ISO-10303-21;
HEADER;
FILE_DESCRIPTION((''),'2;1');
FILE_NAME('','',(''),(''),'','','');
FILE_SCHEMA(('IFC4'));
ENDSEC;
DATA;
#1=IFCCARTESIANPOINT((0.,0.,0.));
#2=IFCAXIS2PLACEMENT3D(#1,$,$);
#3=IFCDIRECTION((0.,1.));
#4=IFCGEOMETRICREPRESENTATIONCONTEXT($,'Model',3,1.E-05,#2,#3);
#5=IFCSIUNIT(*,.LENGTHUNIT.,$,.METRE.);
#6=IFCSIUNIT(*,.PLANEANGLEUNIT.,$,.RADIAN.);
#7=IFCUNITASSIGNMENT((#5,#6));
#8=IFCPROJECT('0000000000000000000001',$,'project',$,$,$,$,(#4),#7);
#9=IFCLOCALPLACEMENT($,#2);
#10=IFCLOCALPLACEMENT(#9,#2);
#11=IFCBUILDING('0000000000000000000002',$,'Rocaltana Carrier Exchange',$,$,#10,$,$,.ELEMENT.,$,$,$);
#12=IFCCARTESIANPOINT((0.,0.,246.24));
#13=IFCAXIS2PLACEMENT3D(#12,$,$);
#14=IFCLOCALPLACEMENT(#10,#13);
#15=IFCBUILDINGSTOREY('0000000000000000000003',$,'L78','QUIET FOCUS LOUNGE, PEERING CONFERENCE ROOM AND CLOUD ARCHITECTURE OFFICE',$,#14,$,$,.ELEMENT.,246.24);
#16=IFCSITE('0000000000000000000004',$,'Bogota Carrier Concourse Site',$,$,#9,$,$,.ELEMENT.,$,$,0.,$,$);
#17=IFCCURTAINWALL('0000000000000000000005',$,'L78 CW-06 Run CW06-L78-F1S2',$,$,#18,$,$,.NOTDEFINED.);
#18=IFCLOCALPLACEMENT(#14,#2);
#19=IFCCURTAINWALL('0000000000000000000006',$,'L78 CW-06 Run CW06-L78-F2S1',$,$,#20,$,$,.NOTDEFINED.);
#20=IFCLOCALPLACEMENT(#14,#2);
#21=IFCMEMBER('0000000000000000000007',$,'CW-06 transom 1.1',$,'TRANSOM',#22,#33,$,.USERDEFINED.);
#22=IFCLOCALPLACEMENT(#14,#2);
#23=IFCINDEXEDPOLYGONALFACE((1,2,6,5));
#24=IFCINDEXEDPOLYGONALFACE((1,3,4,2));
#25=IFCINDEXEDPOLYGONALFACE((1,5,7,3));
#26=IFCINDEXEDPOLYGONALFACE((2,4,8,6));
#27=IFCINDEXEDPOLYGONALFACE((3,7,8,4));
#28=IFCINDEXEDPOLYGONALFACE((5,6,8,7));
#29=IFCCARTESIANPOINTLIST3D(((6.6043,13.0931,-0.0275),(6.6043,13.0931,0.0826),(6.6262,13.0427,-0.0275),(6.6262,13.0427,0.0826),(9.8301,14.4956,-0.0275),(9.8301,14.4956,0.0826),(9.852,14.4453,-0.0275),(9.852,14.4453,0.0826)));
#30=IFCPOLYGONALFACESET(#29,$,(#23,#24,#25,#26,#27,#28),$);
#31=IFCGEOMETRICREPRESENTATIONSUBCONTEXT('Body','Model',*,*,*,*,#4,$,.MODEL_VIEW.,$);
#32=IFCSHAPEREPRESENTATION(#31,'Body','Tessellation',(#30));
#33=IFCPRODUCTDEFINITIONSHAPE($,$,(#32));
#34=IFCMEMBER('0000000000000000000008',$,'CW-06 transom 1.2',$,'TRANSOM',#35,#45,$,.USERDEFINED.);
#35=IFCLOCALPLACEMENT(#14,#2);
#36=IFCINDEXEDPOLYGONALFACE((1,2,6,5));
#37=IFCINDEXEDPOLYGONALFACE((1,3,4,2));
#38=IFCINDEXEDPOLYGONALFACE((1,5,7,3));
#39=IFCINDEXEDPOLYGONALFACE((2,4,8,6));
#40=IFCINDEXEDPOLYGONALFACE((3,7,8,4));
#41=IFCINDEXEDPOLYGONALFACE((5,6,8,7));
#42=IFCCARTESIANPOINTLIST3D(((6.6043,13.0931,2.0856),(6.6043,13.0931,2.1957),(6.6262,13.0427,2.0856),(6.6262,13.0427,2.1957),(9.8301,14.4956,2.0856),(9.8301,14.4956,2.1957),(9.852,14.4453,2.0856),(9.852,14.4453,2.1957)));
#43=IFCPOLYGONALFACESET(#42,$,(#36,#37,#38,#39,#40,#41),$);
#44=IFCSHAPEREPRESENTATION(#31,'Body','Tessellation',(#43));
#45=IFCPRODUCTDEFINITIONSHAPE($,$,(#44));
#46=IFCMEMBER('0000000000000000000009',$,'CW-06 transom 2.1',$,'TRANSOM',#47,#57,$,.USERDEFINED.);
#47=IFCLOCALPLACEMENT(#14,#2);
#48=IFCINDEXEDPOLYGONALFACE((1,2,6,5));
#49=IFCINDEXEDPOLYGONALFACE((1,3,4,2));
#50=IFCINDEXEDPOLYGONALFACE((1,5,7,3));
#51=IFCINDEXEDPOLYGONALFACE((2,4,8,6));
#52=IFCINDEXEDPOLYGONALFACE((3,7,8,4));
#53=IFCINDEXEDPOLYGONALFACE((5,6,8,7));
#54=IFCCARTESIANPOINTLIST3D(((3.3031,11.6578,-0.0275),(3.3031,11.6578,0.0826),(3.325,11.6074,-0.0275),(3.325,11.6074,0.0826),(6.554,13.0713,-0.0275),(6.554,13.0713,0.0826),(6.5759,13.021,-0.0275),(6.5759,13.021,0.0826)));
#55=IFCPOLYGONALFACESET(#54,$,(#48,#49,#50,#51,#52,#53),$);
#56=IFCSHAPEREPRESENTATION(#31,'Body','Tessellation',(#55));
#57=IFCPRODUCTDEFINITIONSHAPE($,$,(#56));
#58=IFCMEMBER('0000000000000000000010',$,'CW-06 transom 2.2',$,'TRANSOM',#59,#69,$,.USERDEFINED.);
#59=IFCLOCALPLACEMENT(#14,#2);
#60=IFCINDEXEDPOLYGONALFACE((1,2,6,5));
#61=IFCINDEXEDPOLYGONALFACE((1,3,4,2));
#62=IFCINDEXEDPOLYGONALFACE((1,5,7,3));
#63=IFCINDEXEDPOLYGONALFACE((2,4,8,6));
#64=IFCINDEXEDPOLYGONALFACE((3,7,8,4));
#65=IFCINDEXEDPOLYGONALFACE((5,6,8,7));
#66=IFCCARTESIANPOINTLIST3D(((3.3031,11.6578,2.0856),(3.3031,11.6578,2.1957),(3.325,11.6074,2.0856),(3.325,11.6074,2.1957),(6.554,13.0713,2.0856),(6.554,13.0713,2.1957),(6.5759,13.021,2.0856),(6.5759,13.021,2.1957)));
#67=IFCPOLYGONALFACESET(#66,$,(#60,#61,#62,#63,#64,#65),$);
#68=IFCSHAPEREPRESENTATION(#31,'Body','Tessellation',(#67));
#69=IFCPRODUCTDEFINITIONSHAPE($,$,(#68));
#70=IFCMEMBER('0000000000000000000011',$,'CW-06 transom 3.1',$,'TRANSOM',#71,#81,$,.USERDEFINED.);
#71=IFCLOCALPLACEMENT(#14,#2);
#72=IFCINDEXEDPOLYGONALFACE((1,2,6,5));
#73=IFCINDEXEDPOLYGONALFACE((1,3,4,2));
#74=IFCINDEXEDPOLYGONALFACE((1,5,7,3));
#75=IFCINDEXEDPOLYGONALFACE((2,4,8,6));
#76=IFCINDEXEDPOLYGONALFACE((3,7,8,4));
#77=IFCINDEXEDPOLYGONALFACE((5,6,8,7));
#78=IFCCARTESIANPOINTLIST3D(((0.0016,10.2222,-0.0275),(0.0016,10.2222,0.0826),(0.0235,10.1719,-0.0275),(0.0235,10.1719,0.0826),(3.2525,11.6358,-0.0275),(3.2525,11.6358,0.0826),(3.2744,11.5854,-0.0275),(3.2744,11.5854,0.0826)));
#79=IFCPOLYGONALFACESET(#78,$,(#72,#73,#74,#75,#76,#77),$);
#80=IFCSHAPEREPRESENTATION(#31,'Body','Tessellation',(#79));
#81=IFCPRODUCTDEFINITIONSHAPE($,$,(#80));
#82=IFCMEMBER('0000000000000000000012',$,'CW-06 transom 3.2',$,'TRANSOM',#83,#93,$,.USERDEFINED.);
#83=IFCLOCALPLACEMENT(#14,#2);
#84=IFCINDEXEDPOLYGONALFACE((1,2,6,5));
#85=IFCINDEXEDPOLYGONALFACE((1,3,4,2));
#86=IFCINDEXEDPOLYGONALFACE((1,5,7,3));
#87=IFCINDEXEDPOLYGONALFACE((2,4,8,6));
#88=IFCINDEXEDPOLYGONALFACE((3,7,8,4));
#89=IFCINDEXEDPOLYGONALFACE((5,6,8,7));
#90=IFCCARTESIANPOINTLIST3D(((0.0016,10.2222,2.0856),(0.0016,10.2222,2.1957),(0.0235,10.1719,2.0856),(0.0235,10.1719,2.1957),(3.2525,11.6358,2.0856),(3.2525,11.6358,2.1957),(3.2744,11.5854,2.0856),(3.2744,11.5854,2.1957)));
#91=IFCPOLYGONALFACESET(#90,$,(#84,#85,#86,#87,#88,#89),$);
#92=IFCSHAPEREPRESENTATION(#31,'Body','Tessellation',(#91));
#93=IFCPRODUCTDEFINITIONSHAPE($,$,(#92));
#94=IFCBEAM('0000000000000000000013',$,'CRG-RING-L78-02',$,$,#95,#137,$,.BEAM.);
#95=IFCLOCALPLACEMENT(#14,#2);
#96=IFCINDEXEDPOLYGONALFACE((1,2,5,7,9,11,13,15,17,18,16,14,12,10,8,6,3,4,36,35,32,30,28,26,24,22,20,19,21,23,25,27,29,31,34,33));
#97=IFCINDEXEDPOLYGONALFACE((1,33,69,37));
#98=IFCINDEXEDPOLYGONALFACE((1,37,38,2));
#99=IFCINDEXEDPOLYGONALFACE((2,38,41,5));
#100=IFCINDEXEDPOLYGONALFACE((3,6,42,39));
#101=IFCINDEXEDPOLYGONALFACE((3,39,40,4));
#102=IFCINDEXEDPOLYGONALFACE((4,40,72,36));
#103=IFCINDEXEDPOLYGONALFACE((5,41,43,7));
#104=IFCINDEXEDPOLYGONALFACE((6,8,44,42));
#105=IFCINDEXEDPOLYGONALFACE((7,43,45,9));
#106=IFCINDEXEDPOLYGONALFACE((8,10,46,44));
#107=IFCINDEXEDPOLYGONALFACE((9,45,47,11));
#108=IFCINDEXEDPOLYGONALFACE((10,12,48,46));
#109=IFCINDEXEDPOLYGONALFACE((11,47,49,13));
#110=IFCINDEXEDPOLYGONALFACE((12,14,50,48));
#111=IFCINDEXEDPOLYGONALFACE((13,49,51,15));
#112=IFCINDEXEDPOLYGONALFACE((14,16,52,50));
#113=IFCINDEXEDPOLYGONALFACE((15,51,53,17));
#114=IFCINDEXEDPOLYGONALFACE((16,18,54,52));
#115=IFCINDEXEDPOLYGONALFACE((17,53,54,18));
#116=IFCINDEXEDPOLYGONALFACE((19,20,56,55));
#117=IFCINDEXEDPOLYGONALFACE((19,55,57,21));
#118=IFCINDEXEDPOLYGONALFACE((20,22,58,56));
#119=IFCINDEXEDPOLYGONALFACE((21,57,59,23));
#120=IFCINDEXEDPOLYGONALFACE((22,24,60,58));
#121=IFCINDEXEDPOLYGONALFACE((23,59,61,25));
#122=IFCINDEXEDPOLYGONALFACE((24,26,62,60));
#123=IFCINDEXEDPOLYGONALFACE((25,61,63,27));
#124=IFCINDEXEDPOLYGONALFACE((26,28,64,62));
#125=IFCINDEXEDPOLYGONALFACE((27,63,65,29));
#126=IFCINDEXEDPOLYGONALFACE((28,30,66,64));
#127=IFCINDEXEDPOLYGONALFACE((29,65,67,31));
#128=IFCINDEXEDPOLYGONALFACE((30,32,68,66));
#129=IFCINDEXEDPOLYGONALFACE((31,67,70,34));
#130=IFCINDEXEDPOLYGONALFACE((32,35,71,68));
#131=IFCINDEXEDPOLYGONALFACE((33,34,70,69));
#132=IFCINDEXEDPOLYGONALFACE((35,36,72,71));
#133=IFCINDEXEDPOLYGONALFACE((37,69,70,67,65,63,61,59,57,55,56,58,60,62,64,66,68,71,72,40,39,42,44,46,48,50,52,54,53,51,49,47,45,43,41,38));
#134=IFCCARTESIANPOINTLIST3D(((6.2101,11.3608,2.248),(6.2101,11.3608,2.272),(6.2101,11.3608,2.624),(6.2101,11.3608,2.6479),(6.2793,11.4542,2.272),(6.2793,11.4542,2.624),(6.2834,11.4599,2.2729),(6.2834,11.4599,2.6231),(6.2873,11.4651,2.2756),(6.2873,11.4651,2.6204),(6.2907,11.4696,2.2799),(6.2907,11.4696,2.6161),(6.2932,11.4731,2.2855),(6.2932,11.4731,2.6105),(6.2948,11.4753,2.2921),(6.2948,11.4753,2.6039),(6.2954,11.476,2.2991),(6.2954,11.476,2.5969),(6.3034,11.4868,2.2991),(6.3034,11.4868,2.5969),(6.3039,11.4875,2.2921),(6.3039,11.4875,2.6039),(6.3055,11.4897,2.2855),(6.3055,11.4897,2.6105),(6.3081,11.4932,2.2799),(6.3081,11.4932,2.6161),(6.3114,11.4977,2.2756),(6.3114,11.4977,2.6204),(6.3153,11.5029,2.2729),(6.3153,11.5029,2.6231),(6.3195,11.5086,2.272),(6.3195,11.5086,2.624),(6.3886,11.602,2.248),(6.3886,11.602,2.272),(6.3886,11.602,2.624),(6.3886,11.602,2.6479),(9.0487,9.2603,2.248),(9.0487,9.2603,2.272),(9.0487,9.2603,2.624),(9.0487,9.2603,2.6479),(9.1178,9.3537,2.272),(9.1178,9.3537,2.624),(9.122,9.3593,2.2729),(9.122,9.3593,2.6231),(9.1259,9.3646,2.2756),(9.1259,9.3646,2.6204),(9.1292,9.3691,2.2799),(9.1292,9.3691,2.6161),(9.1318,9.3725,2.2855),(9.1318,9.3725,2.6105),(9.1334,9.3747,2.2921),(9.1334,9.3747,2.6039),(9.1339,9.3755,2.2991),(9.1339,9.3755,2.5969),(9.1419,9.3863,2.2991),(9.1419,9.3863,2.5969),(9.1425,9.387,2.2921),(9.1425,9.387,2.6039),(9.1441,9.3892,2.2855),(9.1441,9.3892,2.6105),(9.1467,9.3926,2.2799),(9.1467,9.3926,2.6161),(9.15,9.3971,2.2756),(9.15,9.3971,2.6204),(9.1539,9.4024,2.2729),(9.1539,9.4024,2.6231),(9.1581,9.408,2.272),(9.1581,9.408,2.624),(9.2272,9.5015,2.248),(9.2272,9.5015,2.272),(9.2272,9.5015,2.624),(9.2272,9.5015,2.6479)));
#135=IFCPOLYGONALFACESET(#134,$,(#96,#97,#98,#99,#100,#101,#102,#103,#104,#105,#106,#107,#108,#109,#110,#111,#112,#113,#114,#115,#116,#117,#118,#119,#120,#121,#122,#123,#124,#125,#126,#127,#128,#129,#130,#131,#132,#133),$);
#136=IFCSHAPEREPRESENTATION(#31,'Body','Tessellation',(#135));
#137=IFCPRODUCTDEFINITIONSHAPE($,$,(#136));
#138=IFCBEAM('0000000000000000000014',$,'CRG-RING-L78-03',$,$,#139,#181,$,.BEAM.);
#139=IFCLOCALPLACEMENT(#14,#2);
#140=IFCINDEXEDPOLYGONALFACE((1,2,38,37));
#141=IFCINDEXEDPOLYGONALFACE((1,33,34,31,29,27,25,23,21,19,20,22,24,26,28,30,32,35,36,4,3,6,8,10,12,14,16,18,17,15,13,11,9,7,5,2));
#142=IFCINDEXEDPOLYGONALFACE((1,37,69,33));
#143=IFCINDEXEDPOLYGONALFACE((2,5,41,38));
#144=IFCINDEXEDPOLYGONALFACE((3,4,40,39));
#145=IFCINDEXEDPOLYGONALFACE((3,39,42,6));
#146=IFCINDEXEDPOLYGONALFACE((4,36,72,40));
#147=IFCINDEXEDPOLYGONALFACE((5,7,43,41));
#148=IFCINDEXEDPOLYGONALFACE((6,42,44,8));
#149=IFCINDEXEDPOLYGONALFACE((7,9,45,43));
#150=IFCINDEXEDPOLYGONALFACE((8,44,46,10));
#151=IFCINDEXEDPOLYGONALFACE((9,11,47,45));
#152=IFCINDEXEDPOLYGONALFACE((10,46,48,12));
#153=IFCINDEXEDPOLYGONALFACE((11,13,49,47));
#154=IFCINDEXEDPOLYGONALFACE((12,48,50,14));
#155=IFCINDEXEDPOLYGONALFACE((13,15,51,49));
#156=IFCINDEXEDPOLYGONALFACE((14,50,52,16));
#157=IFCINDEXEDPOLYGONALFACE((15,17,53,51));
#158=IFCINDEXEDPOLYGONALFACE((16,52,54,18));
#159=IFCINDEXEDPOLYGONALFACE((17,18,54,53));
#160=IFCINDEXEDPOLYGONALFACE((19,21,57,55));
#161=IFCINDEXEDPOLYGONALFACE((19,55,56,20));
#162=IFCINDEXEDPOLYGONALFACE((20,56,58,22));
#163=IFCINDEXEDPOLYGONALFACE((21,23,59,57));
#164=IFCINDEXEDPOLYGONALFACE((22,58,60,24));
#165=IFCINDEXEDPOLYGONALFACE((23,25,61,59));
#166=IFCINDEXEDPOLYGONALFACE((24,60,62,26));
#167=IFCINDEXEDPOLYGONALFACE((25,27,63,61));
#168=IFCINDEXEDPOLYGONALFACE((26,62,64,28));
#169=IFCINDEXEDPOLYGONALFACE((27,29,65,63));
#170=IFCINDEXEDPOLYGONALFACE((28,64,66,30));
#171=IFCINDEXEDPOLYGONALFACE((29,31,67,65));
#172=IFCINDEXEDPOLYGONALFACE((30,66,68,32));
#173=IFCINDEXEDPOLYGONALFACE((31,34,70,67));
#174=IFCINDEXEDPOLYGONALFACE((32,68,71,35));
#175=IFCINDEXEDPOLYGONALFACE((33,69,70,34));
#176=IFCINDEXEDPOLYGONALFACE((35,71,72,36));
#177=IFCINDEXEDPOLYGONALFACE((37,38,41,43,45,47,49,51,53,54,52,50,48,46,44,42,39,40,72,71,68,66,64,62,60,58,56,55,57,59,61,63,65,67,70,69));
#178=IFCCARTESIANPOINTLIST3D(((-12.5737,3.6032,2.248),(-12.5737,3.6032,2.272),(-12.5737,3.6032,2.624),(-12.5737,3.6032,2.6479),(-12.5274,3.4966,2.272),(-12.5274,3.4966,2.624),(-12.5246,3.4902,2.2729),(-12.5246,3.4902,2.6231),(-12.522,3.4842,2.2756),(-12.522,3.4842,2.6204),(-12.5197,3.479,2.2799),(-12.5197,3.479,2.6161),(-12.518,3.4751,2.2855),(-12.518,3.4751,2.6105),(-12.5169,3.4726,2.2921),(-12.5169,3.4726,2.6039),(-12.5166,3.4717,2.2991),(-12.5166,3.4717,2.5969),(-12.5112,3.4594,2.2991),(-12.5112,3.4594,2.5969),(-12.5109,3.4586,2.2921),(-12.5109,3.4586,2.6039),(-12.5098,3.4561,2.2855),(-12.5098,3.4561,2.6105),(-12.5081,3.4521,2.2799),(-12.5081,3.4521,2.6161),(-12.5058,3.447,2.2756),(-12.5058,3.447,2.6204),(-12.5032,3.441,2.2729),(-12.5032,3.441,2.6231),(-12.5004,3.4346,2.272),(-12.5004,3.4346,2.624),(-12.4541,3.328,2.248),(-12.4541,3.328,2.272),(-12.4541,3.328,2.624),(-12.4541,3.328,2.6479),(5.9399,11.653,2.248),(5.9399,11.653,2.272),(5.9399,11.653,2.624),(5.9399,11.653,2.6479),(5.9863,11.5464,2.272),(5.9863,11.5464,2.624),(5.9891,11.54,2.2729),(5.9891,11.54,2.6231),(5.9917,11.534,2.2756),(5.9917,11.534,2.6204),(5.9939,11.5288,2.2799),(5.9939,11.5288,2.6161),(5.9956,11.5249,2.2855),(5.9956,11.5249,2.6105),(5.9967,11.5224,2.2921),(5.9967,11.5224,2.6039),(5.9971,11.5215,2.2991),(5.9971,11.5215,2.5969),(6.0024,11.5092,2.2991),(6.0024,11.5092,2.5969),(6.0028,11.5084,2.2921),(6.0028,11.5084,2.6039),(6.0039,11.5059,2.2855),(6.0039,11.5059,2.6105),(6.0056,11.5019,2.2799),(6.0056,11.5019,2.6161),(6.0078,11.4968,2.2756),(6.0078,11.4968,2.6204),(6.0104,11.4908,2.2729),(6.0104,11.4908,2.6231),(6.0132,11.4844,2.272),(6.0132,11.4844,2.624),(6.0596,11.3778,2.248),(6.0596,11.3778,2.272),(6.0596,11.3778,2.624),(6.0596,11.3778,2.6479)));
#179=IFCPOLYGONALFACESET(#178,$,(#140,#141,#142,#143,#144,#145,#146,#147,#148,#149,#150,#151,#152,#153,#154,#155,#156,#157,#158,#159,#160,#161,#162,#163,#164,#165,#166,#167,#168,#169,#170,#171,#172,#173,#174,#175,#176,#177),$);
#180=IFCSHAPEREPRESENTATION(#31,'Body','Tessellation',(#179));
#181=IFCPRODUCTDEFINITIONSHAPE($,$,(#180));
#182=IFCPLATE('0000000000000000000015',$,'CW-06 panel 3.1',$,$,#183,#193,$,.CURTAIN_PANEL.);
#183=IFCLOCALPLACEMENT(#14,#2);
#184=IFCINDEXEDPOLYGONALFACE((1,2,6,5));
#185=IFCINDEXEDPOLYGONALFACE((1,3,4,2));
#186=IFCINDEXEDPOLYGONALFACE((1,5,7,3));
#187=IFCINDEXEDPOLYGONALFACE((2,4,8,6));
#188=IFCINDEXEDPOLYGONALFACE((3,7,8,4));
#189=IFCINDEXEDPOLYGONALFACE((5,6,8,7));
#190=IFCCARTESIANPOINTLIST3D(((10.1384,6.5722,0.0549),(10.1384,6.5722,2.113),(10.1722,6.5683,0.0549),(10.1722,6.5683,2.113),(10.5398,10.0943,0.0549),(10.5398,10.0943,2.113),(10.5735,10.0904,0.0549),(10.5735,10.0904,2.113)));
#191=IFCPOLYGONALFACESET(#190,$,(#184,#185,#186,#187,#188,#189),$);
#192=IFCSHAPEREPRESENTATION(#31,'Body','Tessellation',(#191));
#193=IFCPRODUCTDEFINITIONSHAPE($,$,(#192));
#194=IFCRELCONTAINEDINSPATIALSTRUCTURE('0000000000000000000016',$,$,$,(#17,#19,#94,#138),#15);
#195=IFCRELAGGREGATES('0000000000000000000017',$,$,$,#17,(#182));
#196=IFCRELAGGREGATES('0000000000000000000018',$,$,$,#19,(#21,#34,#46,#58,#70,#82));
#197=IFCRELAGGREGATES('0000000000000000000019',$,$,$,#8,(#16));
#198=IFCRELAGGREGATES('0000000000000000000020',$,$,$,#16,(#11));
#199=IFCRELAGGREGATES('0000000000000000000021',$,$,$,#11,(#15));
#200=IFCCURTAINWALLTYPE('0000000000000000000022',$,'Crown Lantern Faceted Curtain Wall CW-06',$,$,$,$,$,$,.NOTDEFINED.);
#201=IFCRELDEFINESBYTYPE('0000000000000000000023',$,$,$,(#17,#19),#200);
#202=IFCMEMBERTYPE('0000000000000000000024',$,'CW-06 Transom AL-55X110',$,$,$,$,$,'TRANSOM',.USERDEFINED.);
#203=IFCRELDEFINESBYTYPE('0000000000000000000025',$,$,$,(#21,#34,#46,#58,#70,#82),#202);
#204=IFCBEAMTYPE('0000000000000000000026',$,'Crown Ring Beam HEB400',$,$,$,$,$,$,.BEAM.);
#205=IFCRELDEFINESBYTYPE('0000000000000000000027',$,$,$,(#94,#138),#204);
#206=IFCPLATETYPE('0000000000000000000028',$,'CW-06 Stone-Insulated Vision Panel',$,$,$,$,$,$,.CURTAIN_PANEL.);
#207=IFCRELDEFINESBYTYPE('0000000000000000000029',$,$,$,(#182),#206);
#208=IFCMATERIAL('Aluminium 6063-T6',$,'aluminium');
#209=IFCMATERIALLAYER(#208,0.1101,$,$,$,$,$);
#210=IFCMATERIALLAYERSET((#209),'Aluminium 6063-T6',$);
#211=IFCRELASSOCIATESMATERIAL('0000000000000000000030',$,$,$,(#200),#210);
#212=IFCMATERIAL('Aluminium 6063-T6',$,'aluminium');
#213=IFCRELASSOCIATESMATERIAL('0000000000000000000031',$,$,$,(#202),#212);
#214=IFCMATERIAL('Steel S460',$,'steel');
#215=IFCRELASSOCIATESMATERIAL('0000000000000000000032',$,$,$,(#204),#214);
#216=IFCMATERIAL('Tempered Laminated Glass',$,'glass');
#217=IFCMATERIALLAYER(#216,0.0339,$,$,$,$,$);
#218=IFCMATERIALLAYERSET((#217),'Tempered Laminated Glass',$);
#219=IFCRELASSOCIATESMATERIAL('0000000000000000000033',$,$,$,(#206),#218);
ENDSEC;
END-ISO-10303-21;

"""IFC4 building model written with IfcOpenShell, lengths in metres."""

from ifc_helpers import new_model, si_unit, direction, frame, origin, origin_2d, place, context, subcontext, project, spatial, rectangle, i_section, extrude, material, layer, layer_set, material_profile, profile_set, type_object, element, aggregate, save


model = new_model("IFC4")

# Units and contexts
model_context = context("Model", 3, precision=1e-05, world=origin(), true_north=direction((0.0, 1.0)))
body_context = subcontext(model_context, "Body", "Model", "MODEL_VIEW")
ifc_project = project(units=[si_unit("LENGTHUNIT", "METRE"), si_unit("PLANEANGLEUNIT", "RADIAN")], contexts=[model_context])

# Site, building, storey
site_placement = place(None, origin())
site = spatial("IfcSite", under=ifc_project, at=site_placement, Name="Bogota Carrier Concourse Site", CompositionType="ELEMENT", RefElevation=0.0)
building_placement = place(site_placement, origin())
building = spatial("IfcBuilding", under=site, at=building_placement, Name="Rocaltana Carrier Exchange", CompositionType="ELEMENT")
storey_placement = place(building_placement, frame((0.0, 0.0, 246.24)))
storey = spatial("IfcBuildingStorey", under=building, at=storey_placement, Name="L78", Description="QUIET FOCUS LOUNGE, PEERING CONFERENCE ROOM AND CLOUD ARCHITECTURE OFFICE", CompositionType="ELEMENT", Elevation=246.24)

# Curtain walls
ifc_material_1 = material(Name="Aluminium 6063-T6", Category="aluminium")
ifc_layer_1 = layer(ifc_material_1, 0.1101)
ifc_layer_set_1 = layer_set([ifc_layer_1], Name="Aluminium 6063-T6")
curtain_wall_type = type_object("IfcCurtainWallType", Name="Crown Lantern Faceted Curtain Wall CW-06", PredefinedType="NOTDEFINED", material=ifc_layer_set_1)
curtain_wall_1_placement = place(storey_placement, origin())
curtain_wall_1 = element("IfcCurtainWall", 1, at=curtain_wall_1_placement, inside=storey, type_object=curtain_wall_type, Name="L78 CW-06 Run CW06-L78-F1S2", PredefinedType="NOTDEFINED")
curtain_wall_2_placement = place(storey_placement, origin())
curtain_wall_2 = element("IfcCurtainWall", 2, at=curtain_wall_2_placement, inside=storey, type_object=curtain_wall_type, Name="L78 CW-06 Run CW06-L78-F2S1", PredefinedType="NOTDEFINED")

# Members
ifc_material_2 = material(Name="Aluminium 6063-T6", Category="aluminium")
ifc_material_profile_1 = material_profile(ifc_material_2, rectangle(XDim=0.0549, YDim=0.1101, at=origin_2d()), Name="AL-55X110")
ifc_profile_set_1 = profile_set([ifc_material_profile_1], Name="Aluminium 6063-T6")
member_type_1 = type_object("IfcMemberType", Name="CW-06 Transom AL-55X110", ElementType="TRANSOM", PredefinedType="USERDEFINED", material=ifc_profile_set_1)
member_1_placement = place(storey_placement, frame((9.8411, 14.4705, 0.0276), z_axis=(-0.917065, -0.398739, 0.0), x_axis=(0.398739, -0.917065, 0.0)))
member_1 = element("IfcMember", 3, at=member_1_placement, type_object=member_type_1, Name="CW-06 transom 1.1", ObjectType="TRANSOM", PredefinedType="USERDEFINED", context=body_context, shape_type="SweptSolid", body=[
    extrude(rectangle(XDim=0.0549, YDim=0.1101, at=origin_2d()), origin(), (0.0, 0.0, 1.0), 3.5176),
])
member_2_placement = place(storey_placement, frame((9.8411, 14.4705, 2.1406), z_axis=(-0.917065, -0.398739, 0.0), x_axis=(0.398739, -0.917065, 0.0)))
member_2 = element("IfcMember", 4, at=member_2_placement, type_object=member_type_1, Name="CW-06 transom 1.2", ObjectType="TRANSOM", PredefinedType="USERDEFINED", context=body_context, shape_type="SweptSolid", body=[
    extrude(rectangle(XDim=0.0549, YDim=0.1101, at=origin_2d()), origin(), (0.0, 0.0, 1.0), 3.5176),
])
member_3_placement = place(storey_placement, frame((6.5649, 13.0461, 0.0276), z_axis=(-0.917059, -0.398751, 0.0), x_axis=(0.398751, -0.917059, 0.0)))
member_3 = element("IfcMember", 5, at=member_3_placement, type_object=member_type_1, Name="CW-06 transom 2.1", ObjectType="TRANSOM", PredefinedType="USERDEFINED", context=body_context, shape_type="SweptSolid", body=[
    extrude(rectangle(XDim=0.0549, YDim=0.1101, at=origin_2d()), origin(), (0.0, 0.0, 1.0), 3.5449),
])
member_4_placement = place(storey_placement, frame((6.5649, 13.0461, 2.1406), z_axis=(-0.917059, -0.398751, 0.0), x_axis=(0.398751, -0.917059, 0.0)))
member_4 = element("IfcMember", 6, at=member_4_placement, type_object=member_type_1, Name="CW-06 transom 2.2", ObjectType="TRANSOM", PredefinedType="USERDEFINED", context=body_context, shape_type="SweptSolid", body=[
    extrude(rectangle(XDim=0.0549, YDim=0.1101, at=origin_2d()), origin(), (0.0, 0.0, 1.0), 3.5449),
])
member_5_placement = place(storey_placement, frame((3.2634, 11.6106, 0.0276), z_axis=(-0.917059, -0.398751, 0.0), x_axis=(0.398751, -0.917059, 0.0)))
member_5 = element("IfcMember", 7, at=member_5_placement, type_object=member_type_1, Name="CW-06 transom 3.1", ObjectType="TRANSOM", PredefinedType="USERDEFINED", context=body_context, shape_type="SweptSolid", body=[
    extrude(rectangle(XDim=0.0549, YDim=0.1101, at=origin_2d()), origin(), (0.0, 0.0, 1.0), 3.5449),
])
member_6_placement = place(storey_placement, frame((3.2634, 11.6106, 2.1406), z_axis=(-0.917059, -0.398751, 0.0), x_axis=(0.398751, -0.917059, 0.0)))
member_6 = element("IfcMember", 8, at=member_6_placement, type_object=member_type_1, Name="CW-06 transom 3.2", ObjectType="TRANSOM", PredefinedType="USERDEFINED", context=body_context, shape_type="SweptSolid", body=[
    extrude(rectangle(XDim=0.0549, YDim=0.1101, at=origin_2d()), origin(), (0.0, 0.0, 1.0), 3.5449),
])

# Beams
ifc_material_3 = material(Name="Steel S460", Category="steel")
ifc_material_profile_2 = material_profile(ifc_material_3, i_section(OverallWidth=0.3, OverallDepth=0.3999, WebThickness=0.0134, FlangeThickness=0.0239, FilletRadius=0.0271, at=origin_2d()), Name="HEB400")
ifc_profile_set_2 = profile_set([ifc_material_profile_2], Name="Steel S460")
beam_type = type_object("IfcBeamType", Name="Crown Ring Beam HEB400", PredefinedType="BEAM", material=ifc_profile_set_2)
beam_1_placement = place(storey_placement, frame((9.1379, 9.3809, 2.448), z_axis=(-0.803841, 0.594844, 0.0), x_axis=(-0.594844, -0.803841, 0.0)))
element("IfcBeam", 9, at=beam_1_placement, inside=storey, type_object=beam_type, Name="CRG-RING-L78-02", PredefinedType="BEAM", context=body_context, shape_type="SweptSolid", body=[
    extrude(i_section(OverallWidth=0.3, OverallDepth=0.3999, WebThickness=0.0134, FlangeThickness=0.0239, FilletRadius=0.0271, at=origin_2d()), origin(), (0.0, 0.0, 1.0), 3.5312),
])
beam_2_placement = place(storey_placement, frame((5.9998, 11.5154, 2.448), z_axis=(-0.917063, -0.398742, 0.0), x_axis=(0.398742, -0.917063, 0.0)))
element("IfcBeam", 10, at=beam_2_placement, inside=storey, type_object=beam_type, Name="CRG-RING-L78-03", PredefinedType="BEAM", context=body_context, shape_type="SweptSolid", body=[
    extrude(i_section(OverallWidth=0.3, OverallDepth=0.3999, WebThickness=0.0134, FlangeThickness=0.0239, FilletRadius=0.0271, at=origin_2d()), origin(), (0.0, 0.0, 1.0), 20.188),
])

# Plate
ifc_material_4 = material(Name="Tempered Laminated Glass", Category="glass")
ifc_layer_2 = layer(ifc_material_4, 0.0339)
ifc_layer_set_2 = layer_set([ifc_layer_2], Name="Tempered Laminated Glass")
plate_type = type_object("IfcPlateType", Name="CW-06 Stone-Insulated Vision Panel", PredefinedType="CURTAIN_PANEL", material=ifc_layer_set_2)
plate_1_placement = place(storey_placement, frame((10.356, 8.3313, 0.0549), z_axis=(0.0, 0.0, 1.0), x_axis=(0.113209, 0.993571, 0.0)))
plate_1 = element("IfcPlate", 11, at=plate_1_placement, type_object=plate_type, Name="CW-06 panel 3.1", PredefinedType="CURTAIN_PANEL", context=body_context, shape_type="SweptSolid", body=[
    extrude(rectangle(XDim=3.5449, YDim=0.0339, at=origin_2d()), origin(), (0.0, 0.0, 1.0), 2.0581),
])
aggregate(curtain_wall_1, [plate_1])
aggregate(curtain_wall_2, [member_1, member_2, member_3, member_4, member_5, member_6])

save(model, "model.ifc")
